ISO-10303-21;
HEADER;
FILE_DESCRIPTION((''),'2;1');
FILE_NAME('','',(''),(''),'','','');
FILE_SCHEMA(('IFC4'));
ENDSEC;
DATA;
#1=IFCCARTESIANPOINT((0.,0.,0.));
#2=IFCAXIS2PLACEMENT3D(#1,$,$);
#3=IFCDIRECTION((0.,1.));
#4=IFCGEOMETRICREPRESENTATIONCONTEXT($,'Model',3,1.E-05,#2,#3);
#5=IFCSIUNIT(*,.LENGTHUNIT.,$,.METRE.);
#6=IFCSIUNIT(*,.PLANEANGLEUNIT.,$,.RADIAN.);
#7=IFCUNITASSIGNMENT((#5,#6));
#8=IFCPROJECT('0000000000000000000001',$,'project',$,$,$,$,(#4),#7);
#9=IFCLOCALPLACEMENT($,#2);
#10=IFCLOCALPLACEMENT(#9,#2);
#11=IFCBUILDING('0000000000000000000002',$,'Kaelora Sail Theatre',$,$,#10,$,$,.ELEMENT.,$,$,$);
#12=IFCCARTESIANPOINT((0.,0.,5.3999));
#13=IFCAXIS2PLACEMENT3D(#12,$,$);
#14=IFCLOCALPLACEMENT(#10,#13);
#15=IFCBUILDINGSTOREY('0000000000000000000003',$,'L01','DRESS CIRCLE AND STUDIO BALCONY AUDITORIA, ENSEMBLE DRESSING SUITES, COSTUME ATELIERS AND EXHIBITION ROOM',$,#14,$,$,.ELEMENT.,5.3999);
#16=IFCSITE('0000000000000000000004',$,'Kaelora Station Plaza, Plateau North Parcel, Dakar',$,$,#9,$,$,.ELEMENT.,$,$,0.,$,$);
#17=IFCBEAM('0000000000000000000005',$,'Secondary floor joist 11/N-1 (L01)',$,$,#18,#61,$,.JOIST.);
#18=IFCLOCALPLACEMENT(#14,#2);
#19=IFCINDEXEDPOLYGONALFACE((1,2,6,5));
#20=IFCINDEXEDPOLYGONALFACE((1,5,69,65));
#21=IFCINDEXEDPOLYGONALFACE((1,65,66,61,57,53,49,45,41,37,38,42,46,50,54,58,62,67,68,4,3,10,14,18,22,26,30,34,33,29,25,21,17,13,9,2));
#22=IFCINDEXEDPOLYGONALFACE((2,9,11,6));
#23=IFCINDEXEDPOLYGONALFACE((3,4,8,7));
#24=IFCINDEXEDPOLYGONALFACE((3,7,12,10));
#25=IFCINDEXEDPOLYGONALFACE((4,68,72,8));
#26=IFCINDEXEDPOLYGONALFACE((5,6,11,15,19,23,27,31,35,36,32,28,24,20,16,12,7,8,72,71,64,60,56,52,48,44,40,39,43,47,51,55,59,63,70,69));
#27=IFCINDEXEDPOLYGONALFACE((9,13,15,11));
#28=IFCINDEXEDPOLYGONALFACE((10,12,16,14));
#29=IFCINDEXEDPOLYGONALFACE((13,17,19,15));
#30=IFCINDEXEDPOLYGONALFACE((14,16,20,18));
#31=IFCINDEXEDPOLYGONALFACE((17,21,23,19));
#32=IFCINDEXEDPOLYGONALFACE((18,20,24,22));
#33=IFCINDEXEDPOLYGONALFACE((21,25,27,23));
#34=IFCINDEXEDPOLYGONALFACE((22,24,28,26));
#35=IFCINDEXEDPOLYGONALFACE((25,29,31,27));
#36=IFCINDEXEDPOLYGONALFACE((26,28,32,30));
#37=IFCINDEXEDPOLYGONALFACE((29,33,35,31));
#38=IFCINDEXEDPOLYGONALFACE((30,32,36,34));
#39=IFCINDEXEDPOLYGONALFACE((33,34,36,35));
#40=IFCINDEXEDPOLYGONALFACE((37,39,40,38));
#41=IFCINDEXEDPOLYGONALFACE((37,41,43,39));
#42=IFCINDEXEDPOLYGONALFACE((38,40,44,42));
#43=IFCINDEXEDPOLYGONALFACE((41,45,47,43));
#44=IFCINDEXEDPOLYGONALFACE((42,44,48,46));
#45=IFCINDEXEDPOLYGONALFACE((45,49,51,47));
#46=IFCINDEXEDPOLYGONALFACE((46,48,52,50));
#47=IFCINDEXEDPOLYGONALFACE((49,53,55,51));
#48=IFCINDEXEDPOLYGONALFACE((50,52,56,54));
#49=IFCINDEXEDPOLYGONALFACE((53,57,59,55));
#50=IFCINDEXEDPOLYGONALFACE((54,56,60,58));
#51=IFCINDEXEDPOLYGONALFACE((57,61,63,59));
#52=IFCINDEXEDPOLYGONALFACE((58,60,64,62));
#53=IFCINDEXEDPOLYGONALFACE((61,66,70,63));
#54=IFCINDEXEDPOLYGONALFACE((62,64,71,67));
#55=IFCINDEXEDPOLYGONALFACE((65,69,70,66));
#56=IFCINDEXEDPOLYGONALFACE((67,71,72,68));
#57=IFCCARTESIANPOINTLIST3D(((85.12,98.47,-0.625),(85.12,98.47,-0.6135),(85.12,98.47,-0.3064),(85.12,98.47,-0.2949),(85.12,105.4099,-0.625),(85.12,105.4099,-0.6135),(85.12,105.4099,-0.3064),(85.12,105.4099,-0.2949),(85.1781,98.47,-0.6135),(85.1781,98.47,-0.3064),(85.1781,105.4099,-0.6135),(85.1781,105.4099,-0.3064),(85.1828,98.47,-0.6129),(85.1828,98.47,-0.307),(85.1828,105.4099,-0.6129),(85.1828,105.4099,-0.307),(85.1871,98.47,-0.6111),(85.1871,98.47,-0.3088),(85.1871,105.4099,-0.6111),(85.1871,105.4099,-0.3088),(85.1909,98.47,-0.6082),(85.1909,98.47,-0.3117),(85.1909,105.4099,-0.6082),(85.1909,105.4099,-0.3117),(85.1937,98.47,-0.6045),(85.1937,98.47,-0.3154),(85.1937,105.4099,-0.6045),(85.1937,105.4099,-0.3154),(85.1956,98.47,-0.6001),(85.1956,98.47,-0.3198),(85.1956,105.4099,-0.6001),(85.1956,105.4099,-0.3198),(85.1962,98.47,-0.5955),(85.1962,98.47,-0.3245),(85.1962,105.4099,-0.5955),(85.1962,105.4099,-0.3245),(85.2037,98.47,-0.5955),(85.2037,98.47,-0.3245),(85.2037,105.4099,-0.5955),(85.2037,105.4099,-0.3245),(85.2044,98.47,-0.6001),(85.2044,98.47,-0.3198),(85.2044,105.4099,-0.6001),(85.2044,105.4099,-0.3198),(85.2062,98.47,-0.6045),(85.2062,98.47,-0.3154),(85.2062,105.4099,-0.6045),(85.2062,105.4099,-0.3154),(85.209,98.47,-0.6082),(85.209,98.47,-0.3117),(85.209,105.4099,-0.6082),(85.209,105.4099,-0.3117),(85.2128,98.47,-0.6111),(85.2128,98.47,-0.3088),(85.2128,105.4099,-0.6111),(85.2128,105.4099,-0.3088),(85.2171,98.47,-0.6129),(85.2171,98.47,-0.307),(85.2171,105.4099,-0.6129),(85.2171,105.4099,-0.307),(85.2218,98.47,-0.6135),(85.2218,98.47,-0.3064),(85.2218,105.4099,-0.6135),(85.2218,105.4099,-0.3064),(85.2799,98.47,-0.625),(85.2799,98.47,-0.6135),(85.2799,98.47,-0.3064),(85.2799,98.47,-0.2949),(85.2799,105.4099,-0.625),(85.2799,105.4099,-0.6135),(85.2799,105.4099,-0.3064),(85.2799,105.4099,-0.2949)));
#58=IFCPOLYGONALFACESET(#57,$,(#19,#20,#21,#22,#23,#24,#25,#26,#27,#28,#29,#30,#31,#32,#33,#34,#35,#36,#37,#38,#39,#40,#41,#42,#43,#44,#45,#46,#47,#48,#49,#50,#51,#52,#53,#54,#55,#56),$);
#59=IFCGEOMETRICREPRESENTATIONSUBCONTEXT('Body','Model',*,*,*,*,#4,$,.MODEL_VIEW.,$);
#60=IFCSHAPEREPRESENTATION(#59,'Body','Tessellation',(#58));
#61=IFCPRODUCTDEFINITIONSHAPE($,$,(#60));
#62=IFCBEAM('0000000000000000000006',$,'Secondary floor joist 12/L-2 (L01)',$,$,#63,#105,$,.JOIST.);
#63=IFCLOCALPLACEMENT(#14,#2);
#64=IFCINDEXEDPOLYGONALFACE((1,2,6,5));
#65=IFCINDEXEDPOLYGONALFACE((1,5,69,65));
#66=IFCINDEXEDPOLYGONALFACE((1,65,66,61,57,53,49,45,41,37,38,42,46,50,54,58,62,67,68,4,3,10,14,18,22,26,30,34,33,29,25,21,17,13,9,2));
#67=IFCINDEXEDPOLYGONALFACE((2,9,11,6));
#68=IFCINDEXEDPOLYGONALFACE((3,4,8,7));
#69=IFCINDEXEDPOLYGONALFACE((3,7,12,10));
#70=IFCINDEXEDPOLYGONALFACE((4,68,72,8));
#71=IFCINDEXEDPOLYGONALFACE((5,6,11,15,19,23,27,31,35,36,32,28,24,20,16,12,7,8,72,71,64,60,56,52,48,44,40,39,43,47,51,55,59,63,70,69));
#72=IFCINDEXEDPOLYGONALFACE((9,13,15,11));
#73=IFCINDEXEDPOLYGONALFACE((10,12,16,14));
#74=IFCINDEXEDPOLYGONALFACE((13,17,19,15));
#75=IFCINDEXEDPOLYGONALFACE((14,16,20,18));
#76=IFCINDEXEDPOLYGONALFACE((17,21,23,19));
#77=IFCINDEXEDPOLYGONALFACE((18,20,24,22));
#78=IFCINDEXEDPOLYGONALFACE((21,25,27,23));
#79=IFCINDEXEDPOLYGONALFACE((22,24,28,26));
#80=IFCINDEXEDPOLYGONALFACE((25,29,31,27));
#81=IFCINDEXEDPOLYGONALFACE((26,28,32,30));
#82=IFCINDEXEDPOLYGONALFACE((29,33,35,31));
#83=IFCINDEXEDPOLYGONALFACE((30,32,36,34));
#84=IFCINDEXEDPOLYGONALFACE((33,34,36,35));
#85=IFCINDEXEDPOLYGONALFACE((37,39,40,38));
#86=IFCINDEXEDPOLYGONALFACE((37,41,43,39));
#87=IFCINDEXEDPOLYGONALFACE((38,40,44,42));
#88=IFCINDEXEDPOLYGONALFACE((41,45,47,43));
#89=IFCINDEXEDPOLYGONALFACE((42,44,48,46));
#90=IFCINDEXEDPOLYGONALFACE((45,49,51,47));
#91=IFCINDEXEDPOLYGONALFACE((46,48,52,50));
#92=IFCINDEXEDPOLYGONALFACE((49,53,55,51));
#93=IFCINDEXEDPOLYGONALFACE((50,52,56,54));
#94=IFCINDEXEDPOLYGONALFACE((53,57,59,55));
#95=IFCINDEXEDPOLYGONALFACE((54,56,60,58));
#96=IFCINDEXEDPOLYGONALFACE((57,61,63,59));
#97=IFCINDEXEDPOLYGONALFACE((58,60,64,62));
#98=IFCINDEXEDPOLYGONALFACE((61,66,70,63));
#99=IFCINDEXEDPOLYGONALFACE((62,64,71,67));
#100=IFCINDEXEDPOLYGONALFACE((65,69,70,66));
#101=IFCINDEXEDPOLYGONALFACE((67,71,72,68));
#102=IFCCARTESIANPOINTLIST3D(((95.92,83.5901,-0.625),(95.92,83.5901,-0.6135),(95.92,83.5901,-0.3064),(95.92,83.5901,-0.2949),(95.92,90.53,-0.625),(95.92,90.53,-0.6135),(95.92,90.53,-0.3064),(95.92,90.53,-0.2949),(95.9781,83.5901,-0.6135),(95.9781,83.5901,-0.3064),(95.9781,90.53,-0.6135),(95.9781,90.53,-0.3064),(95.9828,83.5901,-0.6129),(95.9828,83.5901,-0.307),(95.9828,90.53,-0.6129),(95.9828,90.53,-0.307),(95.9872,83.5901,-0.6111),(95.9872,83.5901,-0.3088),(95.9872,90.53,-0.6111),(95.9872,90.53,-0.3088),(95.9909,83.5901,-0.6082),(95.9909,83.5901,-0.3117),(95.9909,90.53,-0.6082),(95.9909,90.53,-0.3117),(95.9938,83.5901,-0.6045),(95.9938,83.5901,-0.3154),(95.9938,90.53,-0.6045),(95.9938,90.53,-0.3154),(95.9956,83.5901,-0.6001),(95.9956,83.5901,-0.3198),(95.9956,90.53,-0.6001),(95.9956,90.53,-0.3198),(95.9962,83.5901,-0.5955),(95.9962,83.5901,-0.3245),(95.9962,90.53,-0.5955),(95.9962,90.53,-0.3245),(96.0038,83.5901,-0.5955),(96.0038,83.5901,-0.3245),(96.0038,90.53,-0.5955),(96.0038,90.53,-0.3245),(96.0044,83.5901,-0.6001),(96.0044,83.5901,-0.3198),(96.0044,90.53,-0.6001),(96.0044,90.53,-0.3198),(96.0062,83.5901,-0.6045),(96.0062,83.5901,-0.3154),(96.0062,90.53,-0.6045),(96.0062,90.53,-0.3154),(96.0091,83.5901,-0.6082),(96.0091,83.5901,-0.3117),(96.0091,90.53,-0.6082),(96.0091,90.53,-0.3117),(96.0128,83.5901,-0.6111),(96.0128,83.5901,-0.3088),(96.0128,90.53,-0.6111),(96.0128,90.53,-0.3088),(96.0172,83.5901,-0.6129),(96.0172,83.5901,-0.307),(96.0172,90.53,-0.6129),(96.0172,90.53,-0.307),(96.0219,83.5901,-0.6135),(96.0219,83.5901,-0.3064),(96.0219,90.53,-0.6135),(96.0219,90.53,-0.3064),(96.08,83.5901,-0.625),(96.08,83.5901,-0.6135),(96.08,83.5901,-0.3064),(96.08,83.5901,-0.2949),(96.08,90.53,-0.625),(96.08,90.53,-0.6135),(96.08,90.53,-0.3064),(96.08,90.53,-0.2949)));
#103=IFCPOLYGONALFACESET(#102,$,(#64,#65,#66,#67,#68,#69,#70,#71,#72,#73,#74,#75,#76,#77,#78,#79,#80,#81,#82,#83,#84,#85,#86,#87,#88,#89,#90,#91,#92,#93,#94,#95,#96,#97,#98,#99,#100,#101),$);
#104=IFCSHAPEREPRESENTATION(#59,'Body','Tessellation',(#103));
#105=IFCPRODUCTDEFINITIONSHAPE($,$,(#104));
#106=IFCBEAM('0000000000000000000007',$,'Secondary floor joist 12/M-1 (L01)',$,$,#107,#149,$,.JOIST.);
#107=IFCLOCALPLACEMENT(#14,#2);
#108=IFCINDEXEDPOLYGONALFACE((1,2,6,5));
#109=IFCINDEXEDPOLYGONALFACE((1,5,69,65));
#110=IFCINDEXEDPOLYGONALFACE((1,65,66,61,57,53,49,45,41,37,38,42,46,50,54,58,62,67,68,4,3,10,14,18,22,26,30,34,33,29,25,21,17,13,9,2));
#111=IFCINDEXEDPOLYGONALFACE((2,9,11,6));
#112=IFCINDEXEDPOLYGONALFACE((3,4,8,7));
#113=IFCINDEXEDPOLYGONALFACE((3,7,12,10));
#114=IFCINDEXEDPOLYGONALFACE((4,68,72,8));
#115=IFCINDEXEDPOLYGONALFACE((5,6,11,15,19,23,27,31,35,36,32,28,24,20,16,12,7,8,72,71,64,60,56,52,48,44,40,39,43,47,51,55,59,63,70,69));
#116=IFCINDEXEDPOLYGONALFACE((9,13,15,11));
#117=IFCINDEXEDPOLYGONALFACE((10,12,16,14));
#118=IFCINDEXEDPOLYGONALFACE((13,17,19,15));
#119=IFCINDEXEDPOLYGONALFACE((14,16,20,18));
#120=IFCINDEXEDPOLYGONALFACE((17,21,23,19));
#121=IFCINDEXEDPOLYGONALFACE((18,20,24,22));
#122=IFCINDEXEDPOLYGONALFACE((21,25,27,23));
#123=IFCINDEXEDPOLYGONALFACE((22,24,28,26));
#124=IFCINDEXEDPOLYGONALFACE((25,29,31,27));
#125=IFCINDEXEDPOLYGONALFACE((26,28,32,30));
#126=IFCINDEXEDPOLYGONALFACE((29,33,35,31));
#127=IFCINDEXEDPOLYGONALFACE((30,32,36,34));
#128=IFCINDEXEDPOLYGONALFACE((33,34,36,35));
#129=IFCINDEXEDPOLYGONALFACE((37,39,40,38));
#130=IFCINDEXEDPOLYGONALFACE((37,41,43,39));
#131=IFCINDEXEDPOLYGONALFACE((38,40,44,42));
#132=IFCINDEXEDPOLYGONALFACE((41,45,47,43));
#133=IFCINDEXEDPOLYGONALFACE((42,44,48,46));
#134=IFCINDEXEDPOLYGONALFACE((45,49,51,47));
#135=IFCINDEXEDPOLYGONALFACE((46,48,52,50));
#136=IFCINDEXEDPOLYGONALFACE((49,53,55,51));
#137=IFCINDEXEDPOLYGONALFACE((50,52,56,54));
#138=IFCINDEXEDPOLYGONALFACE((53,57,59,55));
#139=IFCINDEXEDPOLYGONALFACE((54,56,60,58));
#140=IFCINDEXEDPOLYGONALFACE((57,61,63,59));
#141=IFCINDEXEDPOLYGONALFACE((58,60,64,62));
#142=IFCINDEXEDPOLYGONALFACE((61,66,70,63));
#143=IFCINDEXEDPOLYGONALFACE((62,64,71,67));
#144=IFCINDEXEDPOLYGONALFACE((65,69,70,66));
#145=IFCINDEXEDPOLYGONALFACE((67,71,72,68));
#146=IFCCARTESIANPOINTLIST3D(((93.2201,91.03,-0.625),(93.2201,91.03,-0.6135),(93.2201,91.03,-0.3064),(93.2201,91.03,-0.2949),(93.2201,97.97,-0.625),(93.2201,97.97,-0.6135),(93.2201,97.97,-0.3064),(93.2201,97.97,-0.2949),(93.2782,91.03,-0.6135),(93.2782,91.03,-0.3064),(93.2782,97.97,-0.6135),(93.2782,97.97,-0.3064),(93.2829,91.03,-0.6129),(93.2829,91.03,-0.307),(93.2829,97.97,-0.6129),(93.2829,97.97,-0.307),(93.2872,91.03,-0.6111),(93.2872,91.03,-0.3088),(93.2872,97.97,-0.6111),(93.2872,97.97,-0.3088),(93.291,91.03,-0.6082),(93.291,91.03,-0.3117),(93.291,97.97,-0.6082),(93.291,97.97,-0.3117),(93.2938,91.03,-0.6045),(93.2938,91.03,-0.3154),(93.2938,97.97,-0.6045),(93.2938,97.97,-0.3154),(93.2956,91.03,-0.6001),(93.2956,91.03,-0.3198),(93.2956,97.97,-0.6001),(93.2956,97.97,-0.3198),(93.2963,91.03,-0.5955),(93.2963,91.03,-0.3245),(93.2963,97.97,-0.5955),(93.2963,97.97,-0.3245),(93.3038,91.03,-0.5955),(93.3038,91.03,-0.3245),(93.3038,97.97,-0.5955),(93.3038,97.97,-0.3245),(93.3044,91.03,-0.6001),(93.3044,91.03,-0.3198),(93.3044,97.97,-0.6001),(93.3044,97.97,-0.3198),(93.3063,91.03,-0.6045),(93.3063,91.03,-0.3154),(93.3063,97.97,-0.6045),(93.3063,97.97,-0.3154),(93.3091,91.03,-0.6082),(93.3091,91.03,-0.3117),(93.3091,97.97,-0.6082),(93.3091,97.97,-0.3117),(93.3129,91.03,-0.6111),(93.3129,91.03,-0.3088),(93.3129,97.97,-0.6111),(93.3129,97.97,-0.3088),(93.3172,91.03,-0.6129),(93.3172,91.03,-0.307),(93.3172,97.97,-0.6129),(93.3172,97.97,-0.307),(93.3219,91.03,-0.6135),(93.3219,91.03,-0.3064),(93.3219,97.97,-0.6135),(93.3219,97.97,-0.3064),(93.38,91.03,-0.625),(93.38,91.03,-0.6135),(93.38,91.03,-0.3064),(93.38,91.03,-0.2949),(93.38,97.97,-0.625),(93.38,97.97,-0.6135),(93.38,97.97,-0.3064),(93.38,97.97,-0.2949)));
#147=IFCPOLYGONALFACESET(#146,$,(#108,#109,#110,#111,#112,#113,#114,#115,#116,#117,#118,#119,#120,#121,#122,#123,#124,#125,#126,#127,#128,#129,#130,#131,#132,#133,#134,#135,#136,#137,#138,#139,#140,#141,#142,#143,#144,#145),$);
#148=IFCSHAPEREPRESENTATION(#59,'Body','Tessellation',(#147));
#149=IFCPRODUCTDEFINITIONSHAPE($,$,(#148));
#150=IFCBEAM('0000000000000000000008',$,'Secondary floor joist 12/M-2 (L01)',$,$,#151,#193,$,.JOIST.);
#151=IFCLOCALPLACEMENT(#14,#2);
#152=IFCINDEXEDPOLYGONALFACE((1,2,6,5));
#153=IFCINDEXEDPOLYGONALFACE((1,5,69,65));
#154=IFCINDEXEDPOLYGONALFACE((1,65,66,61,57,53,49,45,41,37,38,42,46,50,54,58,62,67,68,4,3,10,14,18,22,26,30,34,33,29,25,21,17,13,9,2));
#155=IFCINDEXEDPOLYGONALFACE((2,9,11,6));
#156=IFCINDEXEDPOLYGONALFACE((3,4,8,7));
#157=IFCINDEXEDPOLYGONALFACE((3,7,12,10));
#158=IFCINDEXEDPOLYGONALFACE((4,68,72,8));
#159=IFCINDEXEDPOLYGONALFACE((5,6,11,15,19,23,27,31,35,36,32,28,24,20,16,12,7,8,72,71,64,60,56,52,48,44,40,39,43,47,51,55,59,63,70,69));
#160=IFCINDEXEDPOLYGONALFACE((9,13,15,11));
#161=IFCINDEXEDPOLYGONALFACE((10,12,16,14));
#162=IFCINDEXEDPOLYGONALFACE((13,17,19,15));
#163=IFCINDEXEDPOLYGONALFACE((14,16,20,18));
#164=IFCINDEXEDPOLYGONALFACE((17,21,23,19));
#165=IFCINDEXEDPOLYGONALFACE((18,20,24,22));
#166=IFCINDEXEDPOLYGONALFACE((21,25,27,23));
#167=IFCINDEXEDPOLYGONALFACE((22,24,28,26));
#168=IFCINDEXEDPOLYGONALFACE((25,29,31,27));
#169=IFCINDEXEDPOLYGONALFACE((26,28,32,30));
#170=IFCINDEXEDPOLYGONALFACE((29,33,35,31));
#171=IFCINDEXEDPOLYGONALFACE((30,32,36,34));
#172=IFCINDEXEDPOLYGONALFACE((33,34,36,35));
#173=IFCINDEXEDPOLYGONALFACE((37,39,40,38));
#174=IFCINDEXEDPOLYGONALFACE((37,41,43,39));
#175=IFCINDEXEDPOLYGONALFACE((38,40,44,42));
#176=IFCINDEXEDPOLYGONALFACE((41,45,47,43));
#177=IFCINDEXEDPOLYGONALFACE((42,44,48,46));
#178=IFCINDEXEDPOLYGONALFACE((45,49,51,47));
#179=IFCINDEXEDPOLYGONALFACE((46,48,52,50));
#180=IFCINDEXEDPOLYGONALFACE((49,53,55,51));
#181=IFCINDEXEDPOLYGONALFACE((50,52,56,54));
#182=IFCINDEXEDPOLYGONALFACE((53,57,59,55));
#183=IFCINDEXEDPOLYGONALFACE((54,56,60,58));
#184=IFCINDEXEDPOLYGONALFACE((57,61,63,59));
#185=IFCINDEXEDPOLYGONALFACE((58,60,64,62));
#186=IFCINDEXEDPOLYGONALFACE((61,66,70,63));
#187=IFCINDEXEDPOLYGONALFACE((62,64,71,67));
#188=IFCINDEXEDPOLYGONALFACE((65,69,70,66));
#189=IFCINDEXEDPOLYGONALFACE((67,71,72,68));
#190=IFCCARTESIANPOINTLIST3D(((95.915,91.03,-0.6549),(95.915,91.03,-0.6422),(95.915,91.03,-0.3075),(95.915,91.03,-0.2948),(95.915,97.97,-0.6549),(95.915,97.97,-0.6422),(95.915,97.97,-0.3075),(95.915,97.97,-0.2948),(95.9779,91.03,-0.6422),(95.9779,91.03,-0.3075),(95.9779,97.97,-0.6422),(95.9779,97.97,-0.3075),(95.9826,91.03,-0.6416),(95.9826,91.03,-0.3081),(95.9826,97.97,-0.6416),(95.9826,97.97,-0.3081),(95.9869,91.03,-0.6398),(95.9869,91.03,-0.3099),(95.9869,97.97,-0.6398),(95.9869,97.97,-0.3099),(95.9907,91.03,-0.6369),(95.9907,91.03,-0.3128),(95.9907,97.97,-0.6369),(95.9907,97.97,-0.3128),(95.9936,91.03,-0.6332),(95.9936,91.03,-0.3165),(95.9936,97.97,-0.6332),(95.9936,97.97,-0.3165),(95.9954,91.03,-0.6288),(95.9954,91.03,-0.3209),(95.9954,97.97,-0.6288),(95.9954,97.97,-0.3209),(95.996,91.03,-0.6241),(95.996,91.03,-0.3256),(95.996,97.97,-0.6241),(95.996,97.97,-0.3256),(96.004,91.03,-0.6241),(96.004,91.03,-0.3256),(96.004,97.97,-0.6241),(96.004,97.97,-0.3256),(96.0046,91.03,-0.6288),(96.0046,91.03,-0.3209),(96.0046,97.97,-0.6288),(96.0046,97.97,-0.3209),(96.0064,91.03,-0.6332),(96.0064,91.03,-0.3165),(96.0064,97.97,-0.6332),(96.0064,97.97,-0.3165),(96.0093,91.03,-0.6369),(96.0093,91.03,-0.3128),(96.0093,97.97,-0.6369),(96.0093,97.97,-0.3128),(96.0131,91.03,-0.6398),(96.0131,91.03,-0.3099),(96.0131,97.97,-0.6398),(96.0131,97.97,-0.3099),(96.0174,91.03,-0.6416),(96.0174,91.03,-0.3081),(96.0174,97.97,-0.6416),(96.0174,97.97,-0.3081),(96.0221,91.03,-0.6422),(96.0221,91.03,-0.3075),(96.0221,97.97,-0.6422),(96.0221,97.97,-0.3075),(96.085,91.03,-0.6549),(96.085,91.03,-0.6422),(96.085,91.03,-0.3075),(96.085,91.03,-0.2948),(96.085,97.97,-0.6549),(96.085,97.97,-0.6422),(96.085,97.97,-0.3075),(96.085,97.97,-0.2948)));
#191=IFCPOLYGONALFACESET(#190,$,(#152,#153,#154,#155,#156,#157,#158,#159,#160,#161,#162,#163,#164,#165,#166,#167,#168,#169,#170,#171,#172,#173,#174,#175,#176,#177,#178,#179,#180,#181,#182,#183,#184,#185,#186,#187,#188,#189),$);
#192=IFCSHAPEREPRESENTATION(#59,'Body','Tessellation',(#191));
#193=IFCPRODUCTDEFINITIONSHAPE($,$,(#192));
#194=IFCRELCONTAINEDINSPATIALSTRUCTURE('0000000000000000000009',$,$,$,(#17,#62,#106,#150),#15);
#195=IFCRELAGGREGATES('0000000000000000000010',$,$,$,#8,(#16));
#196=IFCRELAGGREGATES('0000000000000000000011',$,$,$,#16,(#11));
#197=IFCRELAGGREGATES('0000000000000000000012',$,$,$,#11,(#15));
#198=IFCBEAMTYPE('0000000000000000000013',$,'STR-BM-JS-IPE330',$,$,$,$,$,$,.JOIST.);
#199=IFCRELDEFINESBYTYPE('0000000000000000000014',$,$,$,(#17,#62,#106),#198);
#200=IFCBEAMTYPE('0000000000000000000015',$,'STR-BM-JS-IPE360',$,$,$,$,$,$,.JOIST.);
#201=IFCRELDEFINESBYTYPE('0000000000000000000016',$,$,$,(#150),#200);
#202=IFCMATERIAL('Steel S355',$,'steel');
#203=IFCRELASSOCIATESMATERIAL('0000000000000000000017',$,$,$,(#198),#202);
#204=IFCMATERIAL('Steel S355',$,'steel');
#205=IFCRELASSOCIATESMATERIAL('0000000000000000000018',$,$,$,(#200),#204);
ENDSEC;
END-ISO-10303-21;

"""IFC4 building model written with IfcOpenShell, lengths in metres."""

from ifc_helpers import new_model, si_unit, direction, frame, origin, origin_2d, place, context, subcontext, project, spatial, i_section, extrude, material, material_profile, profile_set, type_object, element, save


model = new_model("IFC4")

# Units and contexts
model_context = context("Model", 3, precision=1e-05, world=origin(), true_north=direction((0.0, 1.0)))
body_context = subcontext(model_context, "Body", "Model", "MODEL_VIEW")
ifc_project = project(units=[si_unit("LENGTHUNIT", "METRE"), si_unit("PLANEANGLEUNIT", "RADIAN")], contexts=[model_context])

# Site, building, storey
site_placement = place(None, origin())
site = spatial("IfcSite", under=ifc_project, at=site_placement, Name="Kaelora Station Plaza, Plateau North Parcel, Dakar", CompositionType="ELEMENT", RefElevation=0.0)
building_placement = place(site_placement, origin())
building = spatial("IfcBuilding", under=site, at=building_placement, Name="Kaelora Sail Theatre", CompositionType="ELEMENT")
storey_placement = place(building_placement, frame((0.0, 0.0, 5.3999)))
storey = spatial("IfcBuildingStorey", under=building, at=storey_placement, Name="L01", Description="DRESS CIRCLE AND STUDIO BALCONY AUDITORIA, ENSEMBLE DRESSING SUITES, COSTUME ATELIERS AND EXHIBITION ROOM", CompositionType="ELEMENT", Elevation=5.3999)

# Beams
ifc_material_1 = material(Name="Steel S355", Category="steel")
ifc_material_profile_1 = material_profile(ifc_material_1, i_section(OverallWidth=0.1599, OverallDepth=0.3301, WebThickness=0.0076, FlangeThickness=0.0115, FilletRadius=0.0181, at=origin_2d()), Name="IPE 330")
ifc_profile_set_1 = profile_set([ifc_material_profile_1], Name="Steel S355")
beam_type_1 = type_object("IfcBeamType", Name="STR-BM-JS-IPE330", PredefinedType="JOIST", material=ifc_profile_set_1)
for number, where, z_axis, x_axis, name in (
    (1, (85.2, 98.47, -0.46), (0.0, 1.0, 0.0), (-1.0, 0.0, 0.0), "Secondary floor joist 11/N-1 (L01)"),
    (2, (96.0, 83.5901, -0.46), (0.0, 1.0, 0.0), (-1.0, 0.0, 0.0), "Secondary floor joist 12/L-2 (L01)"),
    (3, (93.3, 91.03, -0.46), (0.0, 1.0, 0.0), (-1.0, 0.0, 0.0), "Secondary floor joist 12/M-1 (L01)"),
):
    element("IfcBeam", number, at=place(storey_placement, frame(where, z_axis=z_axis, x_axis=x_axis)), inside=storey, type_object=beam_type_1, Name=name, PredefinedType="JOIST", context=body_context, shape_type="SweptSolid", body=[
        extrude(i_section(OverallWidth=0.1599, OverallDepth=0.3301, WebThickness=0.0076, FlangeThickness=0.0115, FilletRadius=0.0181, at=origin_2d()), origin(), (0.0, 0.0, 1.0), 6.9399),
    ])
ifc_material_2 = material(Name="Steel S355", Category="steel")
ifc_material_profile_2 = material_profile(ifc_material_2, i_section(OverallWidth=0.1699, OverallDepth=0.3601, WebThickness=0.0081, FlangeThickness=0.0127, FilletRadius=0.0181, at=origin_2d()), Name="IPE 360")
ifc_profile_set_2 = profile_set([ifc_material_profile_2], Name="Steel S355")
beam_type_2 = type_object("IfcBeamType", Name="STR-BM-JS-IPE360", PredefinedType="JOIST", material=ifc_profile_set_2)
beam_1_placement = place(storey_placement, frame((96.0, 91.03, -0.4749), z_axis=(0.0, 1.0, 0.0), x_axis=(-1.0, 0.0, 0.0)))
element("IfcBeam", 4, at=beam_1_placement, inside=storey, type_object=beam_type_2, Name="Secondary floor joist 12/M-2 (L01)", PredefinedType="JOIST", context=body_context, shape_type="SweptSolid", body=[
    extrude(i_section(OverallWidth=0.1699, OverallDepth=0.3601, WebThickness=0.0081, FlangeThickness=0.0127, FilletRadius=0.0181, at=origin_2d()), origin(), (0.0, 0.0, 1.0), 6.9399),
])

save(model, "model.ifc")
